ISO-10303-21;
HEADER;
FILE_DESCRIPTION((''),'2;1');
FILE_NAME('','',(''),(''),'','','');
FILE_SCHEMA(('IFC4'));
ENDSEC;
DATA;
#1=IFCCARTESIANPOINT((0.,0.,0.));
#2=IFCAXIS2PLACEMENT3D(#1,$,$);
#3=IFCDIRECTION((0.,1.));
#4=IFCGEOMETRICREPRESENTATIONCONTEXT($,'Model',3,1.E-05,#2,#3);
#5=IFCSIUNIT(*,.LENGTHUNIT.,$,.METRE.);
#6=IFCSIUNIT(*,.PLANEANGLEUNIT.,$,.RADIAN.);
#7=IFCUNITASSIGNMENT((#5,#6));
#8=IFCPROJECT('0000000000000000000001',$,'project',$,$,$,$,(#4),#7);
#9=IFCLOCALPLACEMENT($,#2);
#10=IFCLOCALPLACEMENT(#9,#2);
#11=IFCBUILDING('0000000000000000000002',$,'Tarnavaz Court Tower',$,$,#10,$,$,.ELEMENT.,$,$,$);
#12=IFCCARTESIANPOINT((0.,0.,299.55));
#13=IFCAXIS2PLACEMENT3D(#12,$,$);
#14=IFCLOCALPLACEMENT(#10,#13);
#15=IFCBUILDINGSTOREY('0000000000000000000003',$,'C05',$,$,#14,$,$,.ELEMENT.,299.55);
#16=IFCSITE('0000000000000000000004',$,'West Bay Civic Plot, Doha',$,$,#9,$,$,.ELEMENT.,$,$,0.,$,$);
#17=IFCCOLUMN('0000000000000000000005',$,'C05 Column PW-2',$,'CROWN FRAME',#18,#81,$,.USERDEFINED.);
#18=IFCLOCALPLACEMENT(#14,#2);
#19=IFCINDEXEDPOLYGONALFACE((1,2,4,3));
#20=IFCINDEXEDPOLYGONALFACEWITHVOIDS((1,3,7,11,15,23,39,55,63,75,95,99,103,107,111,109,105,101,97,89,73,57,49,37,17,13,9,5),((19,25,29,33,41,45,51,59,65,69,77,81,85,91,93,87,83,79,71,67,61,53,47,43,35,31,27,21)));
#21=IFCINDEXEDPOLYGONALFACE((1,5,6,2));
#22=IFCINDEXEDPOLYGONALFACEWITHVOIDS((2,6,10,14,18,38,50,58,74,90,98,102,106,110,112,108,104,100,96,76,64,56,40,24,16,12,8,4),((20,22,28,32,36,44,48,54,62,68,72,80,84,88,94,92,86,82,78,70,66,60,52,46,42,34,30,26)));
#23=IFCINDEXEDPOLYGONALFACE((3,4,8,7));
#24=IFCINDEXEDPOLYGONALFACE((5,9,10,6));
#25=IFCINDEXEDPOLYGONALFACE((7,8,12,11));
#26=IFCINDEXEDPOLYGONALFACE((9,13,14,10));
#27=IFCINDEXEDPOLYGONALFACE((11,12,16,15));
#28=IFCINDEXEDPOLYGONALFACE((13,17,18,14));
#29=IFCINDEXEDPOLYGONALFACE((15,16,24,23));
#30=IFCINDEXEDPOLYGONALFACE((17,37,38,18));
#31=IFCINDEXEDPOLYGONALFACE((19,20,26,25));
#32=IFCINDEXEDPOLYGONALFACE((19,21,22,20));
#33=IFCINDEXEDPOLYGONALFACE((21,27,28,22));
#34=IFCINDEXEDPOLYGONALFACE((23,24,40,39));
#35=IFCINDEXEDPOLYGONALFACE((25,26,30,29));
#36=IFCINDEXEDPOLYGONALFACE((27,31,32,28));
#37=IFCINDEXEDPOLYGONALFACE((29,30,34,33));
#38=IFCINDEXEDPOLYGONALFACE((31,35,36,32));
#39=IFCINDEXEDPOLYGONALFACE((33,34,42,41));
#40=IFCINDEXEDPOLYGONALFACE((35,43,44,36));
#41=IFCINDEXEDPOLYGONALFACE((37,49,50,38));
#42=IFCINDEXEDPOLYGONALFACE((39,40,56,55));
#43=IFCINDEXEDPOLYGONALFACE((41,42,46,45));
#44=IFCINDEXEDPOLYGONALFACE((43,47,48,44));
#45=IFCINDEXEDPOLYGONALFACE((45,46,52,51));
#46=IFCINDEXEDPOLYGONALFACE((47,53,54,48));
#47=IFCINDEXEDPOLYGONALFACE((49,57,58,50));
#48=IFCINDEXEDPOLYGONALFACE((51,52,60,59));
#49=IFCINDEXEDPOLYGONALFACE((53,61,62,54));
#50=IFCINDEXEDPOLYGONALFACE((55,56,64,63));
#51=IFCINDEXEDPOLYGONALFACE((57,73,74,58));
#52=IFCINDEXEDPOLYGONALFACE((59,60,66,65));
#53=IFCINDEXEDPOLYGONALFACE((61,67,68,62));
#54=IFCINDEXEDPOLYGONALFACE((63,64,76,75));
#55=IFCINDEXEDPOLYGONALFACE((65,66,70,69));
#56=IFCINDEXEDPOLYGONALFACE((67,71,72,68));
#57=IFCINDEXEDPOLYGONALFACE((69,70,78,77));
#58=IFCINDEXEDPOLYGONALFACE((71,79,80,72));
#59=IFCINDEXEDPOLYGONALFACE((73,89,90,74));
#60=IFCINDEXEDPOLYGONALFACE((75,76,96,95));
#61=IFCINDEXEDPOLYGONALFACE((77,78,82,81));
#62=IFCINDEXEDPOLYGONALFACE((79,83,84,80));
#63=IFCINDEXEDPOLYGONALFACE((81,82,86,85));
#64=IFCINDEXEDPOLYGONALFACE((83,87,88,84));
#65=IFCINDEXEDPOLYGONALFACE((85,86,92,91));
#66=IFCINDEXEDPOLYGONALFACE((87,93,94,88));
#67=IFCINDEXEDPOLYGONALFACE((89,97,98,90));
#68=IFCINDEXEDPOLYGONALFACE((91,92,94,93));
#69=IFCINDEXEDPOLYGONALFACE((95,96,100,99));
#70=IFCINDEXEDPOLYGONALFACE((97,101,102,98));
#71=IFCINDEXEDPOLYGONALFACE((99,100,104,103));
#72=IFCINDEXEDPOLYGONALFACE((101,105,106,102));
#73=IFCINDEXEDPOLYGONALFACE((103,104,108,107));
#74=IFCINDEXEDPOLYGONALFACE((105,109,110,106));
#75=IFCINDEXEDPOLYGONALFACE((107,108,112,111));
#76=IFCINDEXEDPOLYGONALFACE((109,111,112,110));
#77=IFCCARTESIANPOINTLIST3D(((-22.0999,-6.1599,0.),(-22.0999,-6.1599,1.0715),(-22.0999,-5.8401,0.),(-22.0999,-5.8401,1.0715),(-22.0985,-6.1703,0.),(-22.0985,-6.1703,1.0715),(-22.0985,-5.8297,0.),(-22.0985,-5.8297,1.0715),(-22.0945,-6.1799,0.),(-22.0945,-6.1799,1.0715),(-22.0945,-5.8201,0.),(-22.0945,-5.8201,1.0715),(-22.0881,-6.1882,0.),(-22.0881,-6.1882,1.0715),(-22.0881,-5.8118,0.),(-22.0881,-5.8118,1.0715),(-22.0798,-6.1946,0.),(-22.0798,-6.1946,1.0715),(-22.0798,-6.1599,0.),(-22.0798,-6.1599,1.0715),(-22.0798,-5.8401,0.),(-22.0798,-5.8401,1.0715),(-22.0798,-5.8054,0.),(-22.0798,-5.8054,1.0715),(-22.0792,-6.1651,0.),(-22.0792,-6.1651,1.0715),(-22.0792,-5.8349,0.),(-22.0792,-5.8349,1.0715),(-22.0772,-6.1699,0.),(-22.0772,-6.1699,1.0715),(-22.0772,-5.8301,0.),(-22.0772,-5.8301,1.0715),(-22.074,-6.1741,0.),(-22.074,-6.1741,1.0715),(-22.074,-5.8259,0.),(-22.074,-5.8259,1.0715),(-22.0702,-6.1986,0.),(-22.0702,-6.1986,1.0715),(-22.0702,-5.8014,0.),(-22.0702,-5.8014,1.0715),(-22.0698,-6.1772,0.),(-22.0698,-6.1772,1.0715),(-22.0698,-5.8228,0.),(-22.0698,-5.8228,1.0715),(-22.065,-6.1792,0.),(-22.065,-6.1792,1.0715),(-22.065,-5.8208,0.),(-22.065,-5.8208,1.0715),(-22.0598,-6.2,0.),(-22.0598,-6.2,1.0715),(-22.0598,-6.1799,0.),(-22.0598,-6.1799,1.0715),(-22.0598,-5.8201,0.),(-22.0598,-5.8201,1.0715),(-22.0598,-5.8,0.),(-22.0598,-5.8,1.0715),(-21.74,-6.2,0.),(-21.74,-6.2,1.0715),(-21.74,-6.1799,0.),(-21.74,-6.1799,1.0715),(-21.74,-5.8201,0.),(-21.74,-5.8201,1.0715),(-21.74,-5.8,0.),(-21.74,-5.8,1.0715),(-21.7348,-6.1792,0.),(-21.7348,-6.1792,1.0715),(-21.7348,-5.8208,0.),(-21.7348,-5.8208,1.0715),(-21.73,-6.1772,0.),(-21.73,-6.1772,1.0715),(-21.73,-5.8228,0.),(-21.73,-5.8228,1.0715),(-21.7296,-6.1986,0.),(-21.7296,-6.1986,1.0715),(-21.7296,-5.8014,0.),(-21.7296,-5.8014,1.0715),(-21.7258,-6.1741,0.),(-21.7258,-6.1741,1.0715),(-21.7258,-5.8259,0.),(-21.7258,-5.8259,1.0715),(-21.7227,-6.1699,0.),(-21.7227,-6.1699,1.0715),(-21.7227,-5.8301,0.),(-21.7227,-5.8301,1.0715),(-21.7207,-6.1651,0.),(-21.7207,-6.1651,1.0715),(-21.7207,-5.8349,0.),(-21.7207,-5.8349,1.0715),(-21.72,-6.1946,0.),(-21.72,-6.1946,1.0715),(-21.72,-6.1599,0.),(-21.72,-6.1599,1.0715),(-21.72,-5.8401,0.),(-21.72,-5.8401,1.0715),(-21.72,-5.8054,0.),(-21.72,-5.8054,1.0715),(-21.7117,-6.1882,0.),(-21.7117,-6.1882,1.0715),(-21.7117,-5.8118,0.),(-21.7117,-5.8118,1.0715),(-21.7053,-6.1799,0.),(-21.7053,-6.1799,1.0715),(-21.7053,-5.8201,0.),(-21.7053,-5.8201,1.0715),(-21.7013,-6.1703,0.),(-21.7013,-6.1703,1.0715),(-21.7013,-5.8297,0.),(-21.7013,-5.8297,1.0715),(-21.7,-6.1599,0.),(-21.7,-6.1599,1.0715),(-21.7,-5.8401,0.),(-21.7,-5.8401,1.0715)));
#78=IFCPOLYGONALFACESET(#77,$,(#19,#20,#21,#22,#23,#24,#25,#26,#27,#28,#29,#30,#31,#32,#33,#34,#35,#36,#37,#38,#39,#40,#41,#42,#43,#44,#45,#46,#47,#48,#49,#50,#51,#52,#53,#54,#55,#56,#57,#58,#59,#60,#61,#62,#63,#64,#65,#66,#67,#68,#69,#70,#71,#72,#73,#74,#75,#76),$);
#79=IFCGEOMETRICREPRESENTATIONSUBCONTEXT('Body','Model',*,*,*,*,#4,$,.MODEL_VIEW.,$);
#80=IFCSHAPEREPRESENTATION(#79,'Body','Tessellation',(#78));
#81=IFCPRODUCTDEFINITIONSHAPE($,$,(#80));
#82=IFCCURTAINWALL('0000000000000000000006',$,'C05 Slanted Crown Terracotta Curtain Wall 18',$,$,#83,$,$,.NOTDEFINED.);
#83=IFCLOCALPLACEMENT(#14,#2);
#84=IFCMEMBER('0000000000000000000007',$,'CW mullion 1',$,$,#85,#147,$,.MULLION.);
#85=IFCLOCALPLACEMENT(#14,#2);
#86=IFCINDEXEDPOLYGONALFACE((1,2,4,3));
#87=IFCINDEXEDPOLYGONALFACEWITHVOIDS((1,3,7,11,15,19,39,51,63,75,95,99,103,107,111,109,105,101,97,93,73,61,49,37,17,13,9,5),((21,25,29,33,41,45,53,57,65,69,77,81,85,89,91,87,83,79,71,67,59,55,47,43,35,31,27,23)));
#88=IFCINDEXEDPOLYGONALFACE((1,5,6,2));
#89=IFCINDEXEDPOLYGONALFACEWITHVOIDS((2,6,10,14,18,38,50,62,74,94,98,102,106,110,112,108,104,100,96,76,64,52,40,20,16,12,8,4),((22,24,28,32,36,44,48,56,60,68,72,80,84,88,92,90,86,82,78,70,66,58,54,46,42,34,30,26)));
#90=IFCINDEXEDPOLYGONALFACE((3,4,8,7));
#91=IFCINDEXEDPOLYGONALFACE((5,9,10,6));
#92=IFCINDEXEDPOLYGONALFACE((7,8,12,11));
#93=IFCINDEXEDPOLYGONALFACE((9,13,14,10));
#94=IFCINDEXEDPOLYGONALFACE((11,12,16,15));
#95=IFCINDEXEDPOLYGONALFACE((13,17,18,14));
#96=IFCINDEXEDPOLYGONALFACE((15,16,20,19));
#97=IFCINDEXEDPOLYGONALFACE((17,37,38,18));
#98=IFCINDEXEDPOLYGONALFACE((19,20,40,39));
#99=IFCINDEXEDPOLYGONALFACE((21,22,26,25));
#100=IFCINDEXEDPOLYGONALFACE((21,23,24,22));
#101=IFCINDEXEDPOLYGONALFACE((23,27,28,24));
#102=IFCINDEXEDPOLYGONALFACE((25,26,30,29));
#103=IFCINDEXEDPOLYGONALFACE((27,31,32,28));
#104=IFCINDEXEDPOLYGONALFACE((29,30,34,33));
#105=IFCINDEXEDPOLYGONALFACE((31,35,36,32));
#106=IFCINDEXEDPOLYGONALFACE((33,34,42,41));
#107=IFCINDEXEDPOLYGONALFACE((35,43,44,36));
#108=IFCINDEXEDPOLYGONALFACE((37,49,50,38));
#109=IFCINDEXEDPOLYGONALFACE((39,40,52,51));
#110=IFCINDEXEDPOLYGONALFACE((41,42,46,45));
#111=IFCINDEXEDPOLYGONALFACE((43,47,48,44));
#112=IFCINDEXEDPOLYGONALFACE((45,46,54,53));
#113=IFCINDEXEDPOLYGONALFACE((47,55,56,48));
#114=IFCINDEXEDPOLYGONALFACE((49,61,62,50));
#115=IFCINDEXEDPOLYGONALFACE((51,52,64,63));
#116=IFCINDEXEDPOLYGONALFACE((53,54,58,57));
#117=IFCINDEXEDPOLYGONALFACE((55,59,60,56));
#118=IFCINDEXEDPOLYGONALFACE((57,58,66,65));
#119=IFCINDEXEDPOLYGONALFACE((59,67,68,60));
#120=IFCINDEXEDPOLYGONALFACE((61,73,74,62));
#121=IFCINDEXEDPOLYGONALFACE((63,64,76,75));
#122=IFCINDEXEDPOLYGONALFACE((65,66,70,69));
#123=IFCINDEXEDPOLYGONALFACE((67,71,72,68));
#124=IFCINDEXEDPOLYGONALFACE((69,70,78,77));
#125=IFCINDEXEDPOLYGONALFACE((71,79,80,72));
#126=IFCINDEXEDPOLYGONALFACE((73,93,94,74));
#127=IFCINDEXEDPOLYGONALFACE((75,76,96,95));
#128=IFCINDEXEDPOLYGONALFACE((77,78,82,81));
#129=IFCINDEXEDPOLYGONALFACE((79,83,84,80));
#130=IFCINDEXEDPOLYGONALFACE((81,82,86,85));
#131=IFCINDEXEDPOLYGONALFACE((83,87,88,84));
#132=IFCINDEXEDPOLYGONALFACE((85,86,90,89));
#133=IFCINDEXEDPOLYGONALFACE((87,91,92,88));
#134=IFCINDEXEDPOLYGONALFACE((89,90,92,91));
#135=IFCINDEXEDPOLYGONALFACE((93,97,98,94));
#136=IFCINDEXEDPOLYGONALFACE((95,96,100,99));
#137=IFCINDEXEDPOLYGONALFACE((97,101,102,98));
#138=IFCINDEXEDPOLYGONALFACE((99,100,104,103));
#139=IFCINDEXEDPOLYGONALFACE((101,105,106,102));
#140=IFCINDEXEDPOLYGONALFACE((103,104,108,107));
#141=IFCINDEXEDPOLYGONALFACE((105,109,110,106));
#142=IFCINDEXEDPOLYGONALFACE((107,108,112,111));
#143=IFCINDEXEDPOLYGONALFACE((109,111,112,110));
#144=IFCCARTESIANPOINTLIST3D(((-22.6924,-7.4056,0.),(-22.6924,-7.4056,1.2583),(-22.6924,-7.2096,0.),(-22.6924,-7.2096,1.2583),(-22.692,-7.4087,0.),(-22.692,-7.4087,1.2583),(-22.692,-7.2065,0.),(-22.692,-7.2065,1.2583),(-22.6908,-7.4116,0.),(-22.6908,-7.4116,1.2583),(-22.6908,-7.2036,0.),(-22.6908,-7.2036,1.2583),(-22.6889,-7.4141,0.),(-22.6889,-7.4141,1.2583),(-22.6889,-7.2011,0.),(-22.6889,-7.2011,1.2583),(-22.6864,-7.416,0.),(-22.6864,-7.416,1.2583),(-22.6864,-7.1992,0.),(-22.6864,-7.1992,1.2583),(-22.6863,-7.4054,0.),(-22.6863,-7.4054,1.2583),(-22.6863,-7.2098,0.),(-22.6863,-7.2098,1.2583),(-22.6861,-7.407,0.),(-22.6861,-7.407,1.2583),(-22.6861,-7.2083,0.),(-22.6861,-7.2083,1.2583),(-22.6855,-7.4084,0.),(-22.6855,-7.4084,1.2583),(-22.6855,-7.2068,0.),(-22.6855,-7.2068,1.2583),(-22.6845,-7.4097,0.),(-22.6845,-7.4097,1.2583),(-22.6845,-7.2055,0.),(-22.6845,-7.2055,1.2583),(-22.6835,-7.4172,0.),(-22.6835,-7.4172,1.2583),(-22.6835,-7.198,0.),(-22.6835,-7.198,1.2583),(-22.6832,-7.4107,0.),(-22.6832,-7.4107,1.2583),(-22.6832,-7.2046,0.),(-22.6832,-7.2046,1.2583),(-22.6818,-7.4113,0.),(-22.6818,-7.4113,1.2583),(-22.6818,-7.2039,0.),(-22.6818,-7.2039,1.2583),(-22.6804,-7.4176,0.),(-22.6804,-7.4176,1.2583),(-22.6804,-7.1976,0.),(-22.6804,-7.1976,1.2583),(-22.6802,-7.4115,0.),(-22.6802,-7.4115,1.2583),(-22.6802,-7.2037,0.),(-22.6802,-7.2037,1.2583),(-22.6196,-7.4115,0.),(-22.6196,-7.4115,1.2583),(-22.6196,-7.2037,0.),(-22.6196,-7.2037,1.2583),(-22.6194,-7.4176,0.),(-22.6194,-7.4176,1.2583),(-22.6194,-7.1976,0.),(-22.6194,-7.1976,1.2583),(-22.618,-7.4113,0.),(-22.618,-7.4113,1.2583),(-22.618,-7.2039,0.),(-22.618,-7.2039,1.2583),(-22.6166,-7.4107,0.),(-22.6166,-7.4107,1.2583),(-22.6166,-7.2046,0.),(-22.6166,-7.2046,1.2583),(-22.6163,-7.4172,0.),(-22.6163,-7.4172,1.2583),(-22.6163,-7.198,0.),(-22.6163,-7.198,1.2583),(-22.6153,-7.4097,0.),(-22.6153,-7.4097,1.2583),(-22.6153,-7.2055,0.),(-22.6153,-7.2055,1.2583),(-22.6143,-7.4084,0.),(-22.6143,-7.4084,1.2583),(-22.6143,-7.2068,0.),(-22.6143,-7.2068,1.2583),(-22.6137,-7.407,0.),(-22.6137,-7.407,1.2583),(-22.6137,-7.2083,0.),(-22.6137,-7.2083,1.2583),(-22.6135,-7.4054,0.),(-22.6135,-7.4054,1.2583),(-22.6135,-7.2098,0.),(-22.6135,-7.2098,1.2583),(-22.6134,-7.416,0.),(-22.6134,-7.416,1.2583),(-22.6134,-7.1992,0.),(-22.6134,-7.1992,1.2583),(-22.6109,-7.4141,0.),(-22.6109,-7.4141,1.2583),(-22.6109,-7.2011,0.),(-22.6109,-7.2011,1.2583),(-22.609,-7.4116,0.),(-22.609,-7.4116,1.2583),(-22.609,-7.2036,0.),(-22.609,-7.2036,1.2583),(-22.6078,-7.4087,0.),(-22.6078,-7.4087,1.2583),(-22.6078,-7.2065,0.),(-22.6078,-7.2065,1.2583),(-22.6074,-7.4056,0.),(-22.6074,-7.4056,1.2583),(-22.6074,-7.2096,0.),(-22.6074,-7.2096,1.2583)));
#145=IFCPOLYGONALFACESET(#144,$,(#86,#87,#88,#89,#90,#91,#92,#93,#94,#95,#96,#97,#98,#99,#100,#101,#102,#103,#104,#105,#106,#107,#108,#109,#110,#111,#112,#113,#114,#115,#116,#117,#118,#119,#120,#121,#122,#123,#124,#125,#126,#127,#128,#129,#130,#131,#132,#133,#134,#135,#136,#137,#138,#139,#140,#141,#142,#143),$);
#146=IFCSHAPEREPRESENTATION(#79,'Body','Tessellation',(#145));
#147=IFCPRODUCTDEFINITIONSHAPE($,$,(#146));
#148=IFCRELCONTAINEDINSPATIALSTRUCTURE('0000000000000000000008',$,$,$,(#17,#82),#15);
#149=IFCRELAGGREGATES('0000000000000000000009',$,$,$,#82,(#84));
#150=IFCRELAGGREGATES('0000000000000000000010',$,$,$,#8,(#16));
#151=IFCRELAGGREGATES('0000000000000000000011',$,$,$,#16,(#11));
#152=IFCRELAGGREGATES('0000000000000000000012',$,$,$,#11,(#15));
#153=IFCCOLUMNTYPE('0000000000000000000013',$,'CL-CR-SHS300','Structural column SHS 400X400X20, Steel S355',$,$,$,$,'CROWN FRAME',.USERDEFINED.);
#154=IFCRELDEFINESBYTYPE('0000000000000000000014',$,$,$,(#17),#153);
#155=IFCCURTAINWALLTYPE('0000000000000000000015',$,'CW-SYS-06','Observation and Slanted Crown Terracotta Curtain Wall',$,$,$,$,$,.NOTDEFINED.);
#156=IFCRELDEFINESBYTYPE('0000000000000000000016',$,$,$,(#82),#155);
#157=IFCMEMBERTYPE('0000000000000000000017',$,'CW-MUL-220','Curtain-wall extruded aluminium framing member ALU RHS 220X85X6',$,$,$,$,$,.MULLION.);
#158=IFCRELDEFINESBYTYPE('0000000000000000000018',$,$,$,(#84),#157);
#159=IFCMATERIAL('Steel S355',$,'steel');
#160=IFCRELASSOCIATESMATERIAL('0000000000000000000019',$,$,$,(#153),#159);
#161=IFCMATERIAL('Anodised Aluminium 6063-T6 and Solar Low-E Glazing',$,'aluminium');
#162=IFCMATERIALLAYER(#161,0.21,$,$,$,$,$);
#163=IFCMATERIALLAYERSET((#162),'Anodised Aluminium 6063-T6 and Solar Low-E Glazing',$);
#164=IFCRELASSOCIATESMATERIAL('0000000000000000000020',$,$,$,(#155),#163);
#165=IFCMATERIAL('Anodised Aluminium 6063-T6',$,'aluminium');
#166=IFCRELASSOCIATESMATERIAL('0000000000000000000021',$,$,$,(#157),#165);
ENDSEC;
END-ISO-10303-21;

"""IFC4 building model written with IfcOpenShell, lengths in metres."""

from ifc_helpers import new_model, si_unit, direction, frame, origin, origin_2d, place, context, subcontext, project, spatial, hollow_rectangle, extrude, material, layer, layer_set, material_profile, profile_set, type_object, element, aggregate, save


model = new_model("IFC4")

# Units and contexts
model_context = context("Model", 3, precision=1e-05, world=origin(), true_north=direction((0.0, 1.0)))
body_context = subcontext(model_context, "Body", "Model", "MODEL_VIEW")
ifc_project = project(units=[si_unit("LENGTHUNIT", "METRE"), si_unit("PLANEANGLEUNIT", "RADIAN")], contexts=[model_context])

# Site, building, storey
site_placement = place(None, origin())
site = spatial("IfcSite", under=ifc_project, at=site_placement, Name="West Bay Civic Plot, Doha", CompositionType="ELEMENT", RefElevation=0.0)
building_placement = place(site_placement, origin())
building = spatial("IfcBuilding", under=site, at=building_placement, Name="Tarnavaz Court Tower", CompositionType="ELEMENT")
storey_placement = place(building_placement, frame((0.0, 0.0, 299.55)))
storey = spatial("IfcBuildingStorey", under=building, at=storey_placement, Name="C05", CompositionType="ELEMENT", Elevation=299.55)

# Column
ifc_material_1 = material(Name="Steel S355", Category="steel")
ifc_material_profile_1 = material_profile(ifc_material_1, hollow_rectangle(XDim=0.3999, YDim=0.3999, WallThickness=0.02, InnerFilletRadius=0.02, OuterFilletRadius=0.04, at=origin_2d()), Name="SHS 400X400X20")
ifc_profile_set_1 = profile_set([ifc_material_profile_1], Name="Steel S355")
column_type = type_object("IfcColumnType", Name="CL-CR-SHS300", Description="Structural column SHS 400X400X20, Steel S355", ElementType="CROWN FRAME", PredefinedType="USERDEFINED", material=ifc_profile_set_1)
column_placement = place(storey_placement, frame((-21.8999, -6.0, 0.0), z_axis=(0.0, 0.0, 1.0), x_axis=(1.0, 0.0, 0.0)))
element("IfcColumn", 1, at=column_placement, inside=storey, type_object=column_type, Name="C05 Column PW-2", ObjectType="CROWN FRAME", PredefinedType="USERDEFINED", context=body_context, shape_type="SweptSolid", body=[
    extrude(hollow_rectangle(XDim=0.3999, YDim=0.3999, WallThickness=0.02, InnerFilletRadius=0.02, OuterFilletRadius=0.04, at=origin_2d()), origin(), (0.0, 0.0, 1.0), 1.0715),
])

# Curtain wall, member
ifc_material_2 = material(Name="Anodised Aluminium 6063-T6 and Solar Low-E Glazing", Category="aluminium")
ifc_layer_1 = layer(ifc_material_2, 0.21)
ifc_layer_set_1 = layer_set([ifc_layer_1], Name="Anodised Aluminium 6063-T6 and Solar Low-E Glazing")
curtain_wall_type = type_object("IfcCurtainWallType", Name="CW-SYS-06", Description="Observation and Slanted Crown Terracotta Curtain Wall", PredefinedType="NOTDEFINED", material=ifc_layer_set_1)
curtain_wall_1_placement = place(storey_placement, origin())
curtain_wall_1 = element("IfcCurtainWall", 2, at=curtain_wall_1_placement, inside=storey, type_object=curtain_wall_type, Name="C05 Slanted Crown Terracotta Curtain Wall 18", PredefinedType="NOTDEFINED")
ifc_material_3 = material(Name="Anodised Aluminium 6063-T6", Category="aluminium")
ifc_material_profile_2 = material_profile(ifc_material_3, hollow_rectangle(XDim=0.085, YDim=0.22, WallThickness=0.0061, InnerFilletRadius=0.0061, OuterFilletRadius=0.012, at=origin_2d()), Name="ALU RHS 220X85X6")
ifc_profile_set_2 = profile_set([ifc_material_profile_2], Name="Anodised Aluminium 6063-T6")
member_type_1 = type_object("IfcMemberType", Name="CW-MUL-220", Description="Curtain-wall extruded aluminium framing member ALU RHS 220X85X6", PredefinedType="MULLION", material=ifc_profile_set_2)
member_1_placement = place(storey_placement, frame((-22.6499, -7.3076, 0.0), z_axis=(0.0, 0.0, 1.0), x_axis=(-1.0, 0.0, 0.0)))
member_1 = element("IfcMember", 3, at=member_1_placement, type_object=member_type_1, Name="CW mullion 1", PredefinedType="MULLION", context=body_context, shape_type="SweptSolid", body=[
    extrude(hollow_rectangle(XDim=0.085, YDim=0.22, WallThickness=0.0061, InnerFilletRadius=0.0061, OuterFilletRadius=0.012, at=origin_2d()), origin(), (0.0, 0.0, 1.0), 1.2583),
])

aggregate(curtain_wall_1, [member_1])

save(model, "model.ifc")
